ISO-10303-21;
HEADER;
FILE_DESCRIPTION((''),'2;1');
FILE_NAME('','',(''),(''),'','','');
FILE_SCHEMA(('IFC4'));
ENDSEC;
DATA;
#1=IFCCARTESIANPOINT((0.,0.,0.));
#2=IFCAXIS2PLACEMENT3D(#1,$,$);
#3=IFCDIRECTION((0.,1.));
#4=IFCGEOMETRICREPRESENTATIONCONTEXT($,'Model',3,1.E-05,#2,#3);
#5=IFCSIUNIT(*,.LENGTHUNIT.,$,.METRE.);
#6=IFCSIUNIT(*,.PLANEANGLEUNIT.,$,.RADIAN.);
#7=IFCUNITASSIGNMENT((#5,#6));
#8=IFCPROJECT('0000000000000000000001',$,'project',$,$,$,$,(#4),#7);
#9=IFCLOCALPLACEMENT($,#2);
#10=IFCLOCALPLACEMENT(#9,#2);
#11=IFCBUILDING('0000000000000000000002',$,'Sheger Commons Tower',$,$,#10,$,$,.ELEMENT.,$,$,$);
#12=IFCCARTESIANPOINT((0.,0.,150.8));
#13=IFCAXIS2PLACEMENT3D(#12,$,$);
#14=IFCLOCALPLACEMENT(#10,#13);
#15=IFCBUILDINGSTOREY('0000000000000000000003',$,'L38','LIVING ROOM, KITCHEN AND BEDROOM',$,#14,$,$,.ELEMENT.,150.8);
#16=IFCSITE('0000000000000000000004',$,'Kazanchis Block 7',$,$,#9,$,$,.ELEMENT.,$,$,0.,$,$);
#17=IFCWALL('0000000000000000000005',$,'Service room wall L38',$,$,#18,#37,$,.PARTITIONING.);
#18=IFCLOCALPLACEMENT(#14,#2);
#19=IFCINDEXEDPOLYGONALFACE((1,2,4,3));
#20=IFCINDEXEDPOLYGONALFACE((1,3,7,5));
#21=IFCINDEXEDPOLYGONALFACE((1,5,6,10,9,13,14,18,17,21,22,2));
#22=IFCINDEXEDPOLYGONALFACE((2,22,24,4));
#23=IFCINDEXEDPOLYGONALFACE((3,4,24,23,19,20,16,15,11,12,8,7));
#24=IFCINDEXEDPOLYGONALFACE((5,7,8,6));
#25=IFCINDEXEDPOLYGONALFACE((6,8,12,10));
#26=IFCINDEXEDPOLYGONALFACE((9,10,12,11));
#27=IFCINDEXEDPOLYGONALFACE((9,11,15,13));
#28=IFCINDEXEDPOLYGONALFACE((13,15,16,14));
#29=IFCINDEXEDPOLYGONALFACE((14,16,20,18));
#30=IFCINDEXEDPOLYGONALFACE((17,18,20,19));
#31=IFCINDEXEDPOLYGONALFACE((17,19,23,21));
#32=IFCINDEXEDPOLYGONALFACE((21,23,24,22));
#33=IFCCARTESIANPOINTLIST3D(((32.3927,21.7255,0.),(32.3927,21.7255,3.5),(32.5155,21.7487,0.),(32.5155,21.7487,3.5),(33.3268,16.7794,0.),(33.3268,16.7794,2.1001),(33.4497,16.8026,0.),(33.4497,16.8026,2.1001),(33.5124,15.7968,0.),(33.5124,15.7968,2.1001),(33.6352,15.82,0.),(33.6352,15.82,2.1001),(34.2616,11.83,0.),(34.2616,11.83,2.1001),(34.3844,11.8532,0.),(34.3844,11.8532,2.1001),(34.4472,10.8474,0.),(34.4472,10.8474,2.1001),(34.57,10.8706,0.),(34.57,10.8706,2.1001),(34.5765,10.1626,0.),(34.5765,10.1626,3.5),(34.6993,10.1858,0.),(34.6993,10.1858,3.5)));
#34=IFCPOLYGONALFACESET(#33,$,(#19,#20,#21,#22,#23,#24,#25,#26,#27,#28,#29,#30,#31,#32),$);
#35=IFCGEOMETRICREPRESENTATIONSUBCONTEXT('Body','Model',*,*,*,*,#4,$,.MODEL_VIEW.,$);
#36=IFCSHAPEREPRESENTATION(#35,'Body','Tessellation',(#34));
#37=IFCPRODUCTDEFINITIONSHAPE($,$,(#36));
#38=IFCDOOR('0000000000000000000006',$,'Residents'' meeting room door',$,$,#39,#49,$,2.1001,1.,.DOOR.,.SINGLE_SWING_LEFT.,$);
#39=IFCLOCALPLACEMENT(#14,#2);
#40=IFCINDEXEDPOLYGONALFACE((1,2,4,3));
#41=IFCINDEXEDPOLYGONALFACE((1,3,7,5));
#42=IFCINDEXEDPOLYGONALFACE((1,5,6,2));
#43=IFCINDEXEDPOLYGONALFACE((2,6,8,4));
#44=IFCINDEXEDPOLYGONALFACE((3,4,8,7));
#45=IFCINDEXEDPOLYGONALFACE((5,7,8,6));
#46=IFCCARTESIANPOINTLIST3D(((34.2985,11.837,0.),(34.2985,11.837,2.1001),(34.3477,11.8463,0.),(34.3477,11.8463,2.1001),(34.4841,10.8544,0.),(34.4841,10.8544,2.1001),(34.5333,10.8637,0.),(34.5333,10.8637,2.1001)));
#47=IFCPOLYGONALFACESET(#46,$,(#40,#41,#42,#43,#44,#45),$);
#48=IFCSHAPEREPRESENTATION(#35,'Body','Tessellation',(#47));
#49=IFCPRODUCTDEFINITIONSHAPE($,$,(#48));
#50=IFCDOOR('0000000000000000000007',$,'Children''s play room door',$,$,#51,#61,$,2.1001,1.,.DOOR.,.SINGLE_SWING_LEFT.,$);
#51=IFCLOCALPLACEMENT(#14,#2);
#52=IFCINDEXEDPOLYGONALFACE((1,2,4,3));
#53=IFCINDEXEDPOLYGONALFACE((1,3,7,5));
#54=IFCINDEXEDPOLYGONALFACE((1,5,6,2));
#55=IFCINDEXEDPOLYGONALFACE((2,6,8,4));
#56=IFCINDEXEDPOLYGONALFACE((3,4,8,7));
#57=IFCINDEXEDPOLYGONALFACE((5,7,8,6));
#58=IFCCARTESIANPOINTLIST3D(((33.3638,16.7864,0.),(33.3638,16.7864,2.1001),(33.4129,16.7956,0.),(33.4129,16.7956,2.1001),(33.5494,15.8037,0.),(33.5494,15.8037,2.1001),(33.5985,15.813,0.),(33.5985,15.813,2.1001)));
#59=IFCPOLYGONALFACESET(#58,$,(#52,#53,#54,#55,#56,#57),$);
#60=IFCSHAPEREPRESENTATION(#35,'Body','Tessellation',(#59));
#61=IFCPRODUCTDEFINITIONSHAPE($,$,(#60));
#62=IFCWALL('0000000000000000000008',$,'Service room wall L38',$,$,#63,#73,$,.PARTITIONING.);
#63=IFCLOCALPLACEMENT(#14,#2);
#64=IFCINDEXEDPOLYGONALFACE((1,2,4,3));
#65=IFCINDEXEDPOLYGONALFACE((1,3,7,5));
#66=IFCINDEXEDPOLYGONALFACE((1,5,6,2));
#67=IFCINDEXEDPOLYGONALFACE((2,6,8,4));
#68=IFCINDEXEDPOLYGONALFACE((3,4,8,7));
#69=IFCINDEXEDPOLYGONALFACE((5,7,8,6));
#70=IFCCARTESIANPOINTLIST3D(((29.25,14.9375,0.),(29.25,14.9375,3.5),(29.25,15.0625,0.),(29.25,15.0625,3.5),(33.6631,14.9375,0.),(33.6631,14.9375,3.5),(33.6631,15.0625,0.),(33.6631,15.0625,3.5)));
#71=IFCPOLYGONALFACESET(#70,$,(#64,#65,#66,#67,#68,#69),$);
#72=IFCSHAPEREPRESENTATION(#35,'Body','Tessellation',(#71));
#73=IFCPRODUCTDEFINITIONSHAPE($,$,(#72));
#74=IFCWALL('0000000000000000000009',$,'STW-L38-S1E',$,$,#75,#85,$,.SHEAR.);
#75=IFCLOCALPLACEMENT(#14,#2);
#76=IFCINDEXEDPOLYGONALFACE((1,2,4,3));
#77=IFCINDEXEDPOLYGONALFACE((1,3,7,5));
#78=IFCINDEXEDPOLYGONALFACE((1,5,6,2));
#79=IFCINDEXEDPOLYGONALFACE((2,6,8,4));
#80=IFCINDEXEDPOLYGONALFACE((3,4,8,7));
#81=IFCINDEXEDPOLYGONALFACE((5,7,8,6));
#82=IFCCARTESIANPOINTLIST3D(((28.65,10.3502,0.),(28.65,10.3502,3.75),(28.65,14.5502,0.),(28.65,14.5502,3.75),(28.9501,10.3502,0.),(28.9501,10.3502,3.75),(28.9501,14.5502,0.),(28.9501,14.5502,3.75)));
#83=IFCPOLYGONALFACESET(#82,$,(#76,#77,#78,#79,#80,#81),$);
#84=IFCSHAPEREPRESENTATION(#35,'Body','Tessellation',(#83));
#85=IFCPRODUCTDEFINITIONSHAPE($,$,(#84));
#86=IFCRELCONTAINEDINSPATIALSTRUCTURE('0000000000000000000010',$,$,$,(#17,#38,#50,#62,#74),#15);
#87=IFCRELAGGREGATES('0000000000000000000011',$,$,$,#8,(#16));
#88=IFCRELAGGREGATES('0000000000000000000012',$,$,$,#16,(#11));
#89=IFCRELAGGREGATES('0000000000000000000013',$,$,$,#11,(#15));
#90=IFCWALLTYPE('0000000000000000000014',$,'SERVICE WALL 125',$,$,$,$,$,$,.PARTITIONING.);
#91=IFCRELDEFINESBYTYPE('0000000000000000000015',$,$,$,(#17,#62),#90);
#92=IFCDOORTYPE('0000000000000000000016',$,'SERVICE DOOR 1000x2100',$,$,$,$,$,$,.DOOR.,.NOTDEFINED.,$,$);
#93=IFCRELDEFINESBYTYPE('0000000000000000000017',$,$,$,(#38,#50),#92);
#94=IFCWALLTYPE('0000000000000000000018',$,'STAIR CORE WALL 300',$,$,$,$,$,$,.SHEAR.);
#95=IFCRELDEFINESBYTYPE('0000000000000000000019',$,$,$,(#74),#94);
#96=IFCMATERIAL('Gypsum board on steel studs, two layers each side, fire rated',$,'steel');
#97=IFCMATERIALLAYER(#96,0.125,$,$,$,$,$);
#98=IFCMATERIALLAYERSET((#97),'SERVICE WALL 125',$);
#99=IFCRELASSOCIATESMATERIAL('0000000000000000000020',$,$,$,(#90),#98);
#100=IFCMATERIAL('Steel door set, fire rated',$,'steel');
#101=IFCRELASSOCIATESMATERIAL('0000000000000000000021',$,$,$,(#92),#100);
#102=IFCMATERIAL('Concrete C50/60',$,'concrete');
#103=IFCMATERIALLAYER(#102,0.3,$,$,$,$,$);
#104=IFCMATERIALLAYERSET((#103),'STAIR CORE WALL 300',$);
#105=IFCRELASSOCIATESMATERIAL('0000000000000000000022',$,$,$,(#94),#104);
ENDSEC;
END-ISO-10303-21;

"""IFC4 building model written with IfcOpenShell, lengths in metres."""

from ifc_helpers import new_model, si_unit, direction, frame, frame_2d, origin, place, context, subcontext, project, spatial, rectangle, extrude, material, layer, layer_set, type_object, element, fill, save


model = new_model("IFC4")

# Units and contexts
model_context = context("Model", 3, precision=1e-05, world=origin(), true_north=direction((0.0, 1.0)))
body_context = subcontext(model_context, "Body", "Model", "MODEL_VIEW")
ifc_project = project(units=[si_unit("LENGTHUNIT", "METRE"), si_unit("PLANEANGLEUNIT", "RADIAN")], contexts=[model_context])

# Site, building, storey
site_placement = place(None, origin())
site = spatial("IfcSite", under=ifc_project, at=site_placement, Name="Kazanchis Block 7", CompositionType="ELEMENT", RefElevation=0.0)
building_placement = place(site_placement, origin())
building = spatial("IfcBuilding", under=site, at=building_placement, Name="Sheger Commons Tower", CompositionType="ELEMENT")
storey_placement = place(building_placement, frame((0.0, 0.0, 150.8)))
storey = spatial("IfcBuildingStorey", under=building, at=storey_placement, Name="L38", Description="LIVING ROOM, KITCHEN AND BEDROOM", CompositionType="ELEMENT", Elevation=150.8)

# Shared definitions
ifc_material_1 = material(Name="Gypsum board on steel studs, two layers each side, fire rated", Category="steel")
ifc_layer_1 = layer(ifc_material_1, 0.125)
ifc_layer_set_1 = layer_set([ifc_layer_1], Name="SERVICE WALL 125")
wall_type_1 = type_object("IfcWallType", Name="SERVICE WALL 125", PredefinedType="PARTITIONING", material=ifc_layer_set_1)

# Wall, openings, doors
wall_1_placement = place(storey_placement, frame((34.6379, 10.1741, 0.0), z_axis=(0.0, 0.0, 1.0), x_axis=(-0.185584, 0.982628, 0.0)))
wall_1 = element("IfcWall", 1, at=wall_1_placement, inside=storey, type_object=wall_type_1, Name="Service room wall L38", PredefinedType="PARTITIONING", context=body_context, shape_type="SweptSolid", body=[
    extrude(rectangle(XDim=11.7673, YDim=0.125, at=frame_2d((5.8838, 0.0))), origin(), (0.0, 0.0, 1.0), 3.5),
])
opening_1_placement = place(wall_1_placement, frame((0.697, 0.0, 0.0)))
opening_1 = element("IfcOpeningElement", 2, at=opening_1_placement, cuts=wall_1, PredefinedType="OPENING", context=body_context, shape_type="SweptSolid", body=[
    extrude(rectangle(XDim=1.0, YDim=2.1001, at=frame_2d((0.5, 1.05))), frame((0.0, 0.0725, 0.0), z_axis=(0.0, -1.0, 0.0), x_axis=(1.0, 0.0, 0.0)), (0.0, 0.0, 1.0), 0.145),
])
opening_2_placement = place(wall_1_placement, frame((5.7339, 0.0, 0.0)))
opening_2 = element("IfcOpeningElement", 3, at=opening_2_placement, cuts=wall_1, PredefinedType="OPENING", context=body_context, shape_type="SweptSolid", body=[
    extrude(rectangle(XDim=1.0, YDim=2.1001, at=frame_2d((0.5, 1.05))), frame((0.0, 0.0725, 0.0), z_axis=(0.0, -1.0, 0.0), x_axis=(1.0, 0.0, 0.0)), (0.0, 0.0, 1.0), 0.145),
])
ifc_material_2 = material(Name="Steel door set, fire rated", Category="steel")
door_type = type_object("IfcDoorType", Name="SERVICE DOOR 1000x2100", OperationType="NOTDEFINED", PredefinedType="DOOR", material=ifc_material_2)
door_1_placement = place(opening_1_placement, origin())
door_1 = element("IfcDoor", 4, at=door_1_placement, inside=storey, type_object=door_type, Name="Residents' meeting room door", OperationType="SINGLE_SWING_LEFT", OverallHeight=2.1001, OverallWidth=1.0, PredefinedType="DOOR", context=body_context, shape_type="SweptSolid", body=[
    extrude(rectangle(XDim=1.0, YDim=2.1001, at=frame_2d((0.5, 1.05))), frame((0.0, 0.0249, 0.0), z_axis=(0.0, -1.0, 0.0), x_axis=(1.0, 0.0, 0.0)), (0.0, 0.0, 1.0), 0.05),
])
fill(opening_1, door_1)
door_2_placement = place(opening_2_placement, origin())
door_2 = element("IfcDoor", 5, at=door_2_placement, inside=storey, type_object=door_type, Name="Children's play room door", OperationType="SINGLE_SWING_LEFT", OverallHeight=2.1001, OverallWidth=1.0, PredefinedType="DOOR", context=body_context, shape_type="SweptSolid", body=[
    extrude(rectangle(XDim=1.0, YDim=2.1001, at=frame_2d((0.5, 1.05))), frame((0.0, 0.0249, 0.0), z_axis=(0.0, -1.0, 0.0), x_axis=(1.0, 0.0, 0.0)), (0.0, 0.0, 1.0), 0.05),
])
fill(opening_2, door_2)

# Walls
wall_2_placement = place(storey_placement, frame((29.25, 15.0, 0.0), z_axis=(0.0, 0.0, 1.0), x_axis=(1.0, 0.0, 0.0)))
element("IfcWall", 6, at=wall_2_placement, inside=storey, type_object=wall_type_1, Name="Service room wall L38", PredefinedType="PARTITIONING", context=body_context, shape_type="SweptSolid", body=[
    extrude(rectangle(XDim=4.4131, YDim=0.125, at=frame_2d((2.2065, 0.0))), origin(), (0.0, 0.0, 1.0), 3.5),
])
ifc_material_3 = material(Name="Concrete C50/60", Category="concrete")
ifc_layer_2 = layer(ifc_material_3, 0.3)
ifc_layer_set_2 = layer_set([ifc_layer_2], Name="STAIR CORE WALL 300")
wall_type_2 = type_object("IfcWallType", Name="STAIR CORE WALL 300", PredefinedType="SHEAR", material=ifc_layer_set_2)
wall_3_placement = place(storey_placement, frame((28.8, 10.3501, 0.0), z_axis=(0.0, 0.0, 1.0), x_axis=(0.0, 1.0, 0.0)))
element("IfcWall", 7, at=wall_3_placement, inside=storey, type_object=wall_type_2, Name="STW-L38-S1E", PredefinedType="SHEAR", context=body_context, shape_type="SweptSolid", body=[
    extrude(rectangle(XDim=4.2, YDim=0.3, at=frame_2d((2.1001, 0.0))), origin(), (0.0, 0.0, 1.0), 3.75),
])

save(model, "model.ifc")
